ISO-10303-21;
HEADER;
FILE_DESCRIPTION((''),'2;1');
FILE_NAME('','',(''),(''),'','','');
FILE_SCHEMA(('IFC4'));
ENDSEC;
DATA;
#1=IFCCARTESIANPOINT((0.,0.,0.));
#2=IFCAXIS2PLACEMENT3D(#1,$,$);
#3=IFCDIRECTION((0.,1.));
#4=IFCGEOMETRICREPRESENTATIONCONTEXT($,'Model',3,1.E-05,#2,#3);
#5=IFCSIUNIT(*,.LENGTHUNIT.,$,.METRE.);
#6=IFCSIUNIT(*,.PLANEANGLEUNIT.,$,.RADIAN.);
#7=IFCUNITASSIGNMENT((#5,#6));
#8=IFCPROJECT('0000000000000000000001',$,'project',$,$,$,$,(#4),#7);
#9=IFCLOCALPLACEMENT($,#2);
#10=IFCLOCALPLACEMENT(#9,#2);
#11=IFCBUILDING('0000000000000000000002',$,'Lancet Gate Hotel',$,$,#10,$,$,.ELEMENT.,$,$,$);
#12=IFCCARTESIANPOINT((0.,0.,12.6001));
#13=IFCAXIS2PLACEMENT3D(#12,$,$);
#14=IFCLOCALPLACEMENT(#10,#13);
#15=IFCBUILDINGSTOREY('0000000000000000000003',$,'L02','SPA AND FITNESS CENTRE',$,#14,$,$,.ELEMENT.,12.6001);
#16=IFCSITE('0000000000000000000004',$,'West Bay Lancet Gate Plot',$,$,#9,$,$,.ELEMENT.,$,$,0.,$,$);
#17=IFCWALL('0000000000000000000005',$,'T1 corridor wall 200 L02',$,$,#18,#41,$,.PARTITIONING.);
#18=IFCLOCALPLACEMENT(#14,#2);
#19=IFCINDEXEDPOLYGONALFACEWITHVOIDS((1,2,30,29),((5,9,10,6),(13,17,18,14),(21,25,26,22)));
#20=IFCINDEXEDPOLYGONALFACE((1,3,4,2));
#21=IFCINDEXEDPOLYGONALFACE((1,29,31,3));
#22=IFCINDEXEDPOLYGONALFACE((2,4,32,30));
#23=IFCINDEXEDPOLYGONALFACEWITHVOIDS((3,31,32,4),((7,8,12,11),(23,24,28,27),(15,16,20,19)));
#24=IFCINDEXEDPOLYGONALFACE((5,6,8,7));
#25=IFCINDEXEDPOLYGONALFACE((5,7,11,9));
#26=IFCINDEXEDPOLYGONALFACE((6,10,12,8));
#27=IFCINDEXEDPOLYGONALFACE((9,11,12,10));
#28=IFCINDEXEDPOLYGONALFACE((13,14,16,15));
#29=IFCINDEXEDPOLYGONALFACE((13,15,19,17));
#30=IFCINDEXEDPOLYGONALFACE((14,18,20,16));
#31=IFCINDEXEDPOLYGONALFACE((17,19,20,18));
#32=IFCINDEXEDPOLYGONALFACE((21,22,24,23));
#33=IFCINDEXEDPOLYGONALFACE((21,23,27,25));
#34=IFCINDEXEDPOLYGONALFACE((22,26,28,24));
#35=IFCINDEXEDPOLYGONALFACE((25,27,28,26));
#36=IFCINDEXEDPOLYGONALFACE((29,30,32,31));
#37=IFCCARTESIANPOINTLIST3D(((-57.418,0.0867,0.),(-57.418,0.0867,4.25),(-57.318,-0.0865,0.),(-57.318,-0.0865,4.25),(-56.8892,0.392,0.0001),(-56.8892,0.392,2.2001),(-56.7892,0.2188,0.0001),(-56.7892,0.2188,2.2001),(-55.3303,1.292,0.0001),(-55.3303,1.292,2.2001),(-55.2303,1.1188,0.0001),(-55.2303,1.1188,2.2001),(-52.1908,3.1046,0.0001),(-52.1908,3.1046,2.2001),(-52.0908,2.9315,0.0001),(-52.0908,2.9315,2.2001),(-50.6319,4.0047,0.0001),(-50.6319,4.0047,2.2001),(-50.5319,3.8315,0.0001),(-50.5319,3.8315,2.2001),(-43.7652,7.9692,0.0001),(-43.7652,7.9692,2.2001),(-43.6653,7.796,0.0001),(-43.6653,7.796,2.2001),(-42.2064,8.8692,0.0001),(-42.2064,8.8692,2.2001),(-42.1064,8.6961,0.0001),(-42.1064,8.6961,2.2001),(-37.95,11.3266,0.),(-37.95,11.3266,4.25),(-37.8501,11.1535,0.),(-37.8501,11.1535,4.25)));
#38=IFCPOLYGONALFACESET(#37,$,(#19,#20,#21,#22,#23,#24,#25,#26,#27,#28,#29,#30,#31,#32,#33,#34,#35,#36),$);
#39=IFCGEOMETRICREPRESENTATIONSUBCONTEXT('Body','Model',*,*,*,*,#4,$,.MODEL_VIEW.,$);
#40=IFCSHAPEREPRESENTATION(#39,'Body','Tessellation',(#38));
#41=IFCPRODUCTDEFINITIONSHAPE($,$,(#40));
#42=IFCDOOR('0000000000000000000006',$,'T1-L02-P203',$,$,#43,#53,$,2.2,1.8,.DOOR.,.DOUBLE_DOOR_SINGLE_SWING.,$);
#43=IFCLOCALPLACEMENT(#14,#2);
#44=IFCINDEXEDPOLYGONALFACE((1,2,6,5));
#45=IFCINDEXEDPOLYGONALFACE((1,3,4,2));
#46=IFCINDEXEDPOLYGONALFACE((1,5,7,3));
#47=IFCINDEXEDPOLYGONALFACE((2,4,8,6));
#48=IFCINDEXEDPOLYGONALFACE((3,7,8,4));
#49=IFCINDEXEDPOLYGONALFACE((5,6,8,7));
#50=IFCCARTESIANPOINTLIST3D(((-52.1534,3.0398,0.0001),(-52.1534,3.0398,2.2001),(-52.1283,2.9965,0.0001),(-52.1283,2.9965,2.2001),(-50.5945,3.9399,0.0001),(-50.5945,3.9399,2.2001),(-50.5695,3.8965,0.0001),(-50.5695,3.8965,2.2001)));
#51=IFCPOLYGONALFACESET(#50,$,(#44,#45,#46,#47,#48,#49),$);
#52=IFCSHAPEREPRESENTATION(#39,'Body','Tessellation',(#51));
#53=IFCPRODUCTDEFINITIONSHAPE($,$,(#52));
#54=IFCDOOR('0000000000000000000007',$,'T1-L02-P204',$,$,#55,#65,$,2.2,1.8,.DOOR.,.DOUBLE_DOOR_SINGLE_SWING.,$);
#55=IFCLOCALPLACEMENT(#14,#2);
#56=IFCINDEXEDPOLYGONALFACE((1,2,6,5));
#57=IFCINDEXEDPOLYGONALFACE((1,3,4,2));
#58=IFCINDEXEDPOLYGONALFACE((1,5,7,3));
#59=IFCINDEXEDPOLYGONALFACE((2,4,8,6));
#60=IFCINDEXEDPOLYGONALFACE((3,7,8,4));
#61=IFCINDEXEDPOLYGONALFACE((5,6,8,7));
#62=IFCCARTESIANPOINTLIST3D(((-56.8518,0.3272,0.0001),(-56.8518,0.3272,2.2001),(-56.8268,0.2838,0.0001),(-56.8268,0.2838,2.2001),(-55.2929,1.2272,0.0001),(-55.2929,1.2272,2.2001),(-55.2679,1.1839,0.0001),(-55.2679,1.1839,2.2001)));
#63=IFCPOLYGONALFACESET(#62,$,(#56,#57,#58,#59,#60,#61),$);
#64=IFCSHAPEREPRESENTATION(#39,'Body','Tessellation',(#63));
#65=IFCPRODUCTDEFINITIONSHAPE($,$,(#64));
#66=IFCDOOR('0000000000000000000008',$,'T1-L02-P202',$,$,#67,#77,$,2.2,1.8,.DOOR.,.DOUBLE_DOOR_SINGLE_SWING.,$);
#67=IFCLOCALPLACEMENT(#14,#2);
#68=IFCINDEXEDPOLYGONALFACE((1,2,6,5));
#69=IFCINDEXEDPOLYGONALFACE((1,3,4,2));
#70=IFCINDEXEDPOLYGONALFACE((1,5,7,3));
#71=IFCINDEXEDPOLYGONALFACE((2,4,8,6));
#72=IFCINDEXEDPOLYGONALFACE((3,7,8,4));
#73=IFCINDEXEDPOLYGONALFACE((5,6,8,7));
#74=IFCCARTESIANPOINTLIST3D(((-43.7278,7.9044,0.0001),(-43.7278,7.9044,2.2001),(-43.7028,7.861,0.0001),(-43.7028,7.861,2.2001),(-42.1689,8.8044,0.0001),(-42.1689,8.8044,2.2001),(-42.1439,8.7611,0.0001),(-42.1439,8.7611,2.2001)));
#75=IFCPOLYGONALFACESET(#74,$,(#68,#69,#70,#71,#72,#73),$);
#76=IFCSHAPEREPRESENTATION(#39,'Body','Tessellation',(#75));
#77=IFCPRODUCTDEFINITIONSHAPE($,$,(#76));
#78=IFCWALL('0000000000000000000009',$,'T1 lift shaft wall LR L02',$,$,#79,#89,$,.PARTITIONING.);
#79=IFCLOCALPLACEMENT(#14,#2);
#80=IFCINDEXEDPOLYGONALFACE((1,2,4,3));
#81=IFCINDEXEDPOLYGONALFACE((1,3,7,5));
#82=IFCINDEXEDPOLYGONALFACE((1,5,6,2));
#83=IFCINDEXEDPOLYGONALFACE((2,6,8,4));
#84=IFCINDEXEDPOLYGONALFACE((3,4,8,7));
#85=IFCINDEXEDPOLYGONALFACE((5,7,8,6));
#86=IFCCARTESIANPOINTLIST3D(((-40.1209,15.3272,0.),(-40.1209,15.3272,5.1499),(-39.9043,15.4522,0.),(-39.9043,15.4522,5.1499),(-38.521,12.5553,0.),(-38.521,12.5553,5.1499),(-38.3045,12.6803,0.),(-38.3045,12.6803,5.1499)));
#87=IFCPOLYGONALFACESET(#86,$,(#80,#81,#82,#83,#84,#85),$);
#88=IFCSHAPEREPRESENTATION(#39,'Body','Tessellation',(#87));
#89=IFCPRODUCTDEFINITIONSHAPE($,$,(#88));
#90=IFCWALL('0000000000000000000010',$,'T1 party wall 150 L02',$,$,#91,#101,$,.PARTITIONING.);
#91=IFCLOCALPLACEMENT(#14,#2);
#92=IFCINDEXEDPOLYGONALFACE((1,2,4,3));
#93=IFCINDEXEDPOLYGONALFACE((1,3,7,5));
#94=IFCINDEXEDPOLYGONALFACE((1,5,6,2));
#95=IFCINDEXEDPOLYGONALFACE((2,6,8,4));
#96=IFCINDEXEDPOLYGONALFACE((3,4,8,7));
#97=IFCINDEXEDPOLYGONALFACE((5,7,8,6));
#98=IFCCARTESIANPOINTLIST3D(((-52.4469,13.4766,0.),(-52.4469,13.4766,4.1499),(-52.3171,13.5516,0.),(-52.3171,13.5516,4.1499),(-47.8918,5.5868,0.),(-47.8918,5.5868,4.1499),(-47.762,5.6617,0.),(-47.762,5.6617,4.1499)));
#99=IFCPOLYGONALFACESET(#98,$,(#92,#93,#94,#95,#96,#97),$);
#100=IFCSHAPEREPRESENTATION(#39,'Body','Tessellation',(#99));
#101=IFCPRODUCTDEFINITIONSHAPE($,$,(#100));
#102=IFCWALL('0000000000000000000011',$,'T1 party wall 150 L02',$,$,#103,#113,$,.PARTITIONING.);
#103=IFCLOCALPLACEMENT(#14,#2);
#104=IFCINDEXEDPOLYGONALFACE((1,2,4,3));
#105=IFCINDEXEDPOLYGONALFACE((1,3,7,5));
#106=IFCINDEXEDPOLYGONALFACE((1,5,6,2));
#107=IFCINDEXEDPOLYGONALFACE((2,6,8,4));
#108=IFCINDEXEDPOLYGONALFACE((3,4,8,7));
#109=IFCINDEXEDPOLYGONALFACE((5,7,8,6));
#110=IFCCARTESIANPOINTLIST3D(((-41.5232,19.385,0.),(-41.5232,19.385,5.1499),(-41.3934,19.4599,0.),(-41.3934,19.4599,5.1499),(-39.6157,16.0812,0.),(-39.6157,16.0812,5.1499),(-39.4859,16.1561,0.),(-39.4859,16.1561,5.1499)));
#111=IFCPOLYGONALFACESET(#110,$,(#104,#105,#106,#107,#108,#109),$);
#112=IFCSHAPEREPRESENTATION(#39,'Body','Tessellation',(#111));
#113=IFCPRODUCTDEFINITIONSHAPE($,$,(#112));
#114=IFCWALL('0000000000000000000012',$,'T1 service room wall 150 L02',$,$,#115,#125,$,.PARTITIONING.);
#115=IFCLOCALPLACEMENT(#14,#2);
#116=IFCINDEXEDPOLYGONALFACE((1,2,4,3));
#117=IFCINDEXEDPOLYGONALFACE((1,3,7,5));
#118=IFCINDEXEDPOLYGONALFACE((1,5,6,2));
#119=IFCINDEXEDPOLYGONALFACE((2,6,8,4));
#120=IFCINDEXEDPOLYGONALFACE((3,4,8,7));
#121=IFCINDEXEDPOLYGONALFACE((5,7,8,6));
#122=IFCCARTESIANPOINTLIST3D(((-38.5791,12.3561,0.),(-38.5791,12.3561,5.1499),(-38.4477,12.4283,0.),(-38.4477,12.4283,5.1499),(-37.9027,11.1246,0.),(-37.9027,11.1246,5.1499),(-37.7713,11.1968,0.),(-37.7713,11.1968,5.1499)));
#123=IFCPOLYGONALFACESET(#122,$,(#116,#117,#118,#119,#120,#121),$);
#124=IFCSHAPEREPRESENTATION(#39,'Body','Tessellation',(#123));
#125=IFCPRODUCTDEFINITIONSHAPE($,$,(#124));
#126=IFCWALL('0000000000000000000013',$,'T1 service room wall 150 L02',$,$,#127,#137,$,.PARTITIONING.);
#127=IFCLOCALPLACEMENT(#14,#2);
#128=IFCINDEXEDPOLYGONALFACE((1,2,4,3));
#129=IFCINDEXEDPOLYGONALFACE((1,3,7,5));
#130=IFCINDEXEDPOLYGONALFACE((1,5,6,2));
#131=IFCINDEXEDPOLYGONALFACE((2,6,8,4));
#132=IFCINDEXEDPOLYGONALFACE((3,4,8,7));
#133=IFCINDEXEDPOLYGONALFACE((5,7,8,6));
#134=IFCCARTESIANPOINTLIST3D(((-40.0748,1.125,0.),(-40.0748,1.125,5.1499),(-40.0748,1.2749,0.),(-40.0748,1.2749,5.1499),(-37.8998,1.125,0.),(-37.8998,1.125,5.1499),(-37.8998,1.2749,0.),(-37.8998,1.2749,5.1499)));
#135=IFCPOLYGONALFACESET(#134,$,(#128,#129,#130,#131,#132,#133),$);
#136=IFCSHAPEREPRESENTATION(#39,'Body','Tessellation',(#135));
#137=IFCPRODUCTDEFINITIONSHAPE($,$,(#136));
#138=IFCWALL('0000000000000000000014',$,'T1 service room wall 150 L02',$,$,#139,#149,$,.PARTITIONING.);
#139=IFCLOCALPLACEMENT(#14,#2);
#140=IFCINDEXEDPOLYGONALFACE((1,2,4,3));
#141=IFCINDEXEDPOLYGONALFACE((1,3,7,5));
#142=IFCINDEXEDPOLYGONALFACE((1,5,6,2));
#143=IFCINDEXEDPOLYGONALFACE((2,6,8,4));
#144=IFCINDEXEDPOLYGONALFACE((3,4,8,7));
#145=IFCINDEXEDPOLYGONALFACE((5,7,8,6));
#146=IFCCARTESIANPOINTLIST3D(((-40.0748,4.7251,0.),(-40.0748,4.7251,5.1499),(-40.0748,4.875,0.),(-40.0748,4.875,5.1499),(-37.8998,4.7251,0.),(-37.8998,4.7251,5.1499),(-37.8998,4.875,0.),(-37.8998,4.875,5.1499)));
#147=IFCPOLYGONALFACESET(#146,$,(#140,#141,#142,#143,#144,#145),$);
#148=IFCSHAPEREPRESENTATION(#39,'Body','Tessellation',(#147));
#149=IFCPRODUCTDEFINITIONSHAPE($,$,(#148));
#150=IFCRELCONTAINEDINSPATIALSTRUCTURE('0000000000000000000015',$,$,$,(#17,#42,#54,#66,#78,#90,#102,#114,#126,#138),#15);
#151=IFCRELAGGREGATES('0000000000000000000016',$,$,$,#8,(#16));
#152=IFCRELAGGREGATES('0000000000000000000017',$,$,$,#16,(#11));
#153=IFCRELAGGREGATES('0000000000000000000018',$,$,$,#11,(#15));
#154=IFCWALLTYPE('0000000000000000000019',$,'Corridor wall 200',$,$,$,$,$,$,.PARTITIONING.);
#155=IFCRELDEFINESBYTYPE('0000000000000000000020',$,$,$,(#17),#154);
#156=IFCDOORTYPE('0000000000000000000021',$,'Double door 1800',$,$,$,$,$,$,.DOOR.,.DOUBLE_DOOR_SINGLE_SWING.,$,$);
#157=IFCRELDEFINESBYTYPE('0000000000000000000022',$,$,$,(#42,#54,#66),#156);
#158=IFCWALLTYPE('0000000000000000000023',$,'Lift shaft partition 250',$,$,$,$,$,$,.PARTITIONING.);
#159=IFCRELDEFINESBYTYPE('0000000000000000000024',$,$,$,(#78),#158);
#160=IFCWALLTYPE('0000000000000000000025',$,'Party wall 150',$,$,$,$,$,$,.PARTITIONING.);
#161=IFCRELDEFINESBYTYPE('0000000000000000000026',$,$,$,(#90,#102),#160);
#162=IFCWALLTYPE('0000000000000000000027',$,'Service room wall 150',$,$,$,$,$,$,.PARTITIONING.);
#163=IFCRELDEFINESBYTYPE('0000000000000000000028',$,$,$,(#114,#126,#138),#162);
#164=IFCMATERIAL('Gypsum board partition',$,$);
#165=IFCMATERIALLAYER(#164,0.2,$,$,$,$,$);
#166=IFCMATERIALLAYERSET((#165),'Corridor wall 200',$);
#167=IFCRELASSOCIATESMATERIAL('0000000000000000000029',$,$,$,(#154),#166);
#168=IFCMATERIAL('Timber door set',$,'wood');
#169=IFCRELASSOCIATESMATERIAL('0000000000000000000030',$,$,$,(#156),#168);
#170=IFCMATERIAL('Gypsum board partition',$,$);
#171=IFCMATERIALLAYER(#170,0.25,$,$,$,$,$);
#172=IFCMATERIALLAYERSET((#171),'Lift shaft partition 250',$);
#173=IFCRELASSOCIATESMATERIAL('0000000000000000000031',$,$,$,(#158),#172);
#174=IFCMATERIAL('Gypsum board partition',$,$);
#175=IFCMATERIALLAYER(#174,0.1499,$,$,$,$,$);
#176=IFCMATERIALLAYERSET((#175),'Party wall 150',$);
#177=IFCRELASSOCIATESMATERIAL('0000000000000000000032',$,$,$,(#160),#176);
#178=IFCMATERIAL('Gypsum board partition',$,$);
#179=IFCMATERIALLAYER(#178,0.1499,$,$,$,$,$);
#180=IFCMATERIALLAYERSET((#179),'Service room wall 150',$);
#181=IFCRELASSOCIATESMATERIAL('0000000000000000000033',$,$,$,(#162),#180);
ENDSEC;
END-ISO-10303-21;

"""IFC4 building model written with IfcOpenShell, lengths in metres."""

from ifc_helpers import new_model, si_unit, direction, frame, frame_2d, origin, place, context, subcontext, project, spatial, rectangle, extrude, material, layer, layer_set, type_object, element, fill, save


model = new_model("IFC4")

# Units and contexts
model_context = context("Model", 3, precision=1e-05, world=origin(), true_north=direction((0.0, 1.0)))
body_context = subcontext(model_context, "Body", "Model", "MODEL_VIEW")
ifc_project = project(units=[si_unit("LENGTHUNIT", "METRE"), si_unit("PLANEANGLEUNIT", "RADIAN")], contexts=[model_context])

# Site, building, storey
site_placement = place(None, origin())
site = spatial("IfcSite", under=ifc_project, at=site_placement, Name="West Bay Lancet Gate Plot", CompositionType="ELEMENT", RefElevation=0.0)
building_placement = place(site_placement, origin())
building = spatial("IfcBuilding", under=site, at=building_placement, Name="Lancet Gate Hotel", CompositionType="ELEMENT")
storey_placement = place(building_placement, frame((0.0, 0.0, 12.6001)))
storey = spatial("IfcBuildingStorey", under=building, at=storey_placement, Name="L02", Description="SPA AND FITNESS CENTRE", CompositionType="ELEMENT", Elevation=12.6001)

# Wall, openings, doors
ifc_material_1 = material(Name="Gypsum board partition")
ifc_layer_1 = layer(ifc_material_1, 0.2)
ifc_layer_set_1 = layer_set([ifc_layer_1], Name="Corridor wall 200")
wall_type_1 = type_object("IfcWallType", Name="Corridor wall 200", PredefinedType="PARTITIONING", material=ifc_layer_set_1)
wall_1_placement = place(storey_placement, frame((-37.9001, 11.24, 0.0), z_axis=(0.0, 0.0, 1.0), x_axis=(-0.866023, -0.500004, 0.0)))
wall_1 = element("IfcWall", 1, at=wall_1_placement, inside=storey, type_object=wall_type_1, Name="T1 corridor wall 200 L02", PredefinedType="PARTITIONING", context=body_context, shape_type="SweptSolid", body=[
    extrude(rectangle(XDim=22.4797, YDim=0.2, at=frame_2d((11.2397, 0.0))), origin(), (0.0, 0.0, 1.0), 4.25),
])
opening_1_placement = place(wall_1_placement, frame((14.6438, 0.0, 0.0)))
opening_1 = element("IfcOpeningElement", 2, at=opening_1_placement, cuts=wall_1, PredefinedType="OPENING", context=body_context, shape_type="SweptSolid", body=[
    extrude(rectangle(XDim=1.8, YDim=2.2, at=frame_2d((0.8999, 1.1001))), frame((0.0, 0.1099, 0.0), z_axis=(0.0, -1.0, 0.0), x_axis=(1.0, 0.0, 0.0)), (0.0, 0.0, 1.0), 0.22),
])
opening_2_placement = place(wall_1_placement, frame((20.0691, 0.0, 0.0)))
opening_2 = element("IfcOpeningElement", 3, at=opening_2_placement, cuts=wall_1, PredefinedType="OPENING", context=body_context, shape_type="SweptSolid", body=[
    extrude(rectangle(XDim=1.8, YDim=2.2, at=frame_2d((0.8999, 1.1001))), frame((0.0, 0.1099, 0.0), z_axis=(0.0, -1.0, 0.0), x_axis=(1.0, 0.0, 0.0)), (0.0, 0.0, 1.0), 0.22),
])
opening_3_placement = place(wall_1_placement, frame((4.9148, 0.0, 0.0)))
opening_3 = element("IfcOpeningElement", 4, at=opening_3_placement, cuts=wall_1, PredefinedType="OPENING", context=body_context, shape_type="SweptSolid", body=[
    extrude(rectangle(XDim=1.8, YDim=2.2, at=frame_2d((0.8999, 1.1001))), frame((0.0, 0.1099, 0.0), z_axis=(0.0, -1.0, 0.0), x_axis=(1.0, 0.0, 0.0)), (0.0, 0.0, 1.0), 0.22),
])
ifc_material_2 = material(Name="Timber door set", Category="wood")
door_type_1 = type_object("IfcDoorType", Name="Double door 1800", OperationType="DOUBLE_DOOR_SINGLE_SWING", PredefinedType="DOOR", material=ifc_material_2)
door_1_placement = place(opening_1_placement, origin())
door_1 = element("IfcDoor", 5, at=door_1_placement, inside=storey, type_object=door_type_1, Name="T1-L02-P203", OperationType="DOUBLE_DOOR_SINGLE_SWING", OverallHeight=2.2, OverallWidth=1.8, PredefinedType="DOOR", context=body_context, shape_type="SweptSolid", body=[
    extrude(rectangle(XDim=1.8, YDim=2.2, at=frame_2d((0.8999, 1.1001))), frame((0.0, 0.0249, 0.0), z_axis=(0.0, -1.0, 0.0), x_axis=(1.0, 0.0, 0.0)), (0.0, 0.0, 1.0), 0.05),
])
fill(opening_1, door_1)
door_2_placement = place(opening_2_placement, origin())
door_2 = element("IfcDoor", 6, at=door_2_placement, inside=storey, type_object=door_type_1, Name="T1-L02-P204", OperationType="DOUBLE_DOOR_SINGLE_SWING", OverallHeight=2.2, OverallWidth=1.8, PredefinedType="DOOR", context=body_context, shape_type="SweptSolid", body=[
    extrude(rectangle(XDim=1.8, YDim=2.2, at=frame_2d((0.8999, 1.1001))), frame((0.0, 0.0249, 0.0), z_axis=(0.0, -1.0, 0.0), x_axis=(1.0, 0.0, 0.0)), (0.0, 0.0, 1.0), 0.05),
])
fill(opening_2, door_2)
door_3_placement = place(opening_3_placement, origin())
door_3 = element("IfcDoor", 7, at=door_3_placement, inside=storey, type_object=door_type_1, Name="T1-L02-P202", OperationType="DOUBLE_DOOR_SINGLE_SWING", OverallHeight=2.2, OverallWidth=1.8, PredefinedType="DOOR", context=body_context, shape_type="SweptSolid", body=[
    extrude(rectangle(XDim=1.8, YDim=2.2, at=frame_2d((0.8999, 1.1001))), frame((0.0, 0.0249, 0.0), z_axis=(0.0, -1.0, 0.0), x_axis=(1.0, 0.0, 0.0)), (0.0, 0.0, 1.0), 0.05),
])
fill(opening_3, door_3)

# Walls
ifc_material_3 = material(Name="Gypsum board partition")
ifc_layer_2 = layer(ifc_material_3, 0.25)
ifc_layer_set_2 = layer_set([ifc_layer_2], Name="Lift shaft partition 250")
wall_type_2 = type_object("IfcWallType", Name="Lift shaft partition 250", PredefinedType="PARTITIONING", material=ifc_layer_set_2)
wall_2_placement = place(storey_placement, frame((-38.4128, 12.6179, 0.0), z_axis=(0.0, 0.0, 1.0), x_axis=(-0.499872, 0.866099, 0.0)))
element("IfcWall", 8, at=wall_2_placement, inside=storey, type_object=wall_type_2, Name="T1 lift shaft wall LR L02", PredefinedType="PARTITIONING", context=body_context, shape_type="SweptSolid", body=[
    extrude(rectangle(XDim=3.2004, YDim=0.25, at=frame_2d((1.6001, 0.0))), origin(), (0.0, 0.0, 1.0), 5.1499),
])
ifc_material_4 = material(Name="Gypsum board partition")
ifc_layer_3 = layer(ifc_material_4, 0.1499)
ifc_layer_set_3 = layer_set([ifc_layer_3], Name="Party wall 150")
wall_type_3 = type_object("IfcWallType", Name="Party wall 150", PredefinedType="PARTITIONING", material=ifc_layer_set_3)
wall_3_placement = place(storey_placement, frame((-47.8269, 5.6243, 0.0), z_axis=(0.0, 0.0, 1.0), x_axis=(-0.499995, 0.866028, 0.0)))
element("IfcWall", 9, at=wall_3_placement, inside=storey, type_object=wall_type_3, Name="T1 party wall 150 L02", PredefinedType="PARTITIONING", context=body_context, shape_type="SweptSolid", body=[
    extrude(rectangle(XDim=9.1104, YDim=0.1499, at=frame_2d((4.5552, 0.0))), origin(), (0.0, 0.0, 1.0), 4.1499),
])
wall_4_placement = place(storey_placement, frame((-39.5508, 16.1187, 0.0), z_axis=(0.0, 0.0, 1.0), x_axis=(-0.500014, 0.866017, 0.0)))
element("IfcWall", 10, at=wall_4_placement, inside=storey, type_object=wall_type_3, Name="T1 party wall 150 L02", PredefinedType="PARTITIONING", context=body_context, shape_type="SweptSolid", body=[
    extrude(rectangle(XDim=3.8149, YDim=0.1499, at=frame_2d((1.9075, 0.0))), origin(), (0.0, 0.0, 1.0), 5.1499),
])
ifc_material_5 = material(Name="Gypsum board partition")
ifc_layer_4 = layer(ifc_material_5, 0.1499)
ifc_layer_set_4 = layer_set([ifc_layer_4], Name="Service room wall 150")
wall_type_4 = type_object("IfcWallType", Name="Service room wall 150", PredefinedType="PARTITIONING", material=ifc_layer_set_4)
wall_5_placement = place(storey_placement, frame((-38.5134, 12.3923, 0.0), z_axis=(0.0, 0.0, 1.0), x_axis=(0.481358, -0.876524, 0.0)))
element("IfcWall", 11, at=wall_5_placement, inside=storey, type_object=wall_type_4, Name="T1 service room wall 150 L02", PredefinedType="PARTITIONING", context=body_context, shape_type="SweptSolid", body=[
    extrude(rectangle(XDim=1.405, YDim=0.1499, at=frame_2d((0.7026, 0.0))), origin(), (0.0, 0.0, 1.0), 5.1499),
])
for number, where, z_axis, x_axis, name in (
    (12, (-37.8999, 1.2, 0.0), (0.0, 0.0, 1.0), (-1.0, 0.0, 0.0), "T1 service room wall 150 L02"),
    (13, (-37.8999, 4.8, 0.0), (0.0, 0.0, 1.0), (-1.0, 0.0, 0.0), "T1 service room wall 150 L02"),
):
    element("IfcWall", number, at=place(storey_placement, frame(where, z_axis=z_axis, x_axis=x_axis)), inside=storey, type_object=wall_type_4, Name=name, PredefinedType="PARTITIONING", context=body_context, shape_type="SweptSolid", body=[
        extrude(rectangle(XDim=2.175, YDim=0.1499, at=frame_2d((1.0874, 0.0))), origin(), (0.0, 0.0, 1.0), 5.1499),
    ])

save(model, "model.ifc")
